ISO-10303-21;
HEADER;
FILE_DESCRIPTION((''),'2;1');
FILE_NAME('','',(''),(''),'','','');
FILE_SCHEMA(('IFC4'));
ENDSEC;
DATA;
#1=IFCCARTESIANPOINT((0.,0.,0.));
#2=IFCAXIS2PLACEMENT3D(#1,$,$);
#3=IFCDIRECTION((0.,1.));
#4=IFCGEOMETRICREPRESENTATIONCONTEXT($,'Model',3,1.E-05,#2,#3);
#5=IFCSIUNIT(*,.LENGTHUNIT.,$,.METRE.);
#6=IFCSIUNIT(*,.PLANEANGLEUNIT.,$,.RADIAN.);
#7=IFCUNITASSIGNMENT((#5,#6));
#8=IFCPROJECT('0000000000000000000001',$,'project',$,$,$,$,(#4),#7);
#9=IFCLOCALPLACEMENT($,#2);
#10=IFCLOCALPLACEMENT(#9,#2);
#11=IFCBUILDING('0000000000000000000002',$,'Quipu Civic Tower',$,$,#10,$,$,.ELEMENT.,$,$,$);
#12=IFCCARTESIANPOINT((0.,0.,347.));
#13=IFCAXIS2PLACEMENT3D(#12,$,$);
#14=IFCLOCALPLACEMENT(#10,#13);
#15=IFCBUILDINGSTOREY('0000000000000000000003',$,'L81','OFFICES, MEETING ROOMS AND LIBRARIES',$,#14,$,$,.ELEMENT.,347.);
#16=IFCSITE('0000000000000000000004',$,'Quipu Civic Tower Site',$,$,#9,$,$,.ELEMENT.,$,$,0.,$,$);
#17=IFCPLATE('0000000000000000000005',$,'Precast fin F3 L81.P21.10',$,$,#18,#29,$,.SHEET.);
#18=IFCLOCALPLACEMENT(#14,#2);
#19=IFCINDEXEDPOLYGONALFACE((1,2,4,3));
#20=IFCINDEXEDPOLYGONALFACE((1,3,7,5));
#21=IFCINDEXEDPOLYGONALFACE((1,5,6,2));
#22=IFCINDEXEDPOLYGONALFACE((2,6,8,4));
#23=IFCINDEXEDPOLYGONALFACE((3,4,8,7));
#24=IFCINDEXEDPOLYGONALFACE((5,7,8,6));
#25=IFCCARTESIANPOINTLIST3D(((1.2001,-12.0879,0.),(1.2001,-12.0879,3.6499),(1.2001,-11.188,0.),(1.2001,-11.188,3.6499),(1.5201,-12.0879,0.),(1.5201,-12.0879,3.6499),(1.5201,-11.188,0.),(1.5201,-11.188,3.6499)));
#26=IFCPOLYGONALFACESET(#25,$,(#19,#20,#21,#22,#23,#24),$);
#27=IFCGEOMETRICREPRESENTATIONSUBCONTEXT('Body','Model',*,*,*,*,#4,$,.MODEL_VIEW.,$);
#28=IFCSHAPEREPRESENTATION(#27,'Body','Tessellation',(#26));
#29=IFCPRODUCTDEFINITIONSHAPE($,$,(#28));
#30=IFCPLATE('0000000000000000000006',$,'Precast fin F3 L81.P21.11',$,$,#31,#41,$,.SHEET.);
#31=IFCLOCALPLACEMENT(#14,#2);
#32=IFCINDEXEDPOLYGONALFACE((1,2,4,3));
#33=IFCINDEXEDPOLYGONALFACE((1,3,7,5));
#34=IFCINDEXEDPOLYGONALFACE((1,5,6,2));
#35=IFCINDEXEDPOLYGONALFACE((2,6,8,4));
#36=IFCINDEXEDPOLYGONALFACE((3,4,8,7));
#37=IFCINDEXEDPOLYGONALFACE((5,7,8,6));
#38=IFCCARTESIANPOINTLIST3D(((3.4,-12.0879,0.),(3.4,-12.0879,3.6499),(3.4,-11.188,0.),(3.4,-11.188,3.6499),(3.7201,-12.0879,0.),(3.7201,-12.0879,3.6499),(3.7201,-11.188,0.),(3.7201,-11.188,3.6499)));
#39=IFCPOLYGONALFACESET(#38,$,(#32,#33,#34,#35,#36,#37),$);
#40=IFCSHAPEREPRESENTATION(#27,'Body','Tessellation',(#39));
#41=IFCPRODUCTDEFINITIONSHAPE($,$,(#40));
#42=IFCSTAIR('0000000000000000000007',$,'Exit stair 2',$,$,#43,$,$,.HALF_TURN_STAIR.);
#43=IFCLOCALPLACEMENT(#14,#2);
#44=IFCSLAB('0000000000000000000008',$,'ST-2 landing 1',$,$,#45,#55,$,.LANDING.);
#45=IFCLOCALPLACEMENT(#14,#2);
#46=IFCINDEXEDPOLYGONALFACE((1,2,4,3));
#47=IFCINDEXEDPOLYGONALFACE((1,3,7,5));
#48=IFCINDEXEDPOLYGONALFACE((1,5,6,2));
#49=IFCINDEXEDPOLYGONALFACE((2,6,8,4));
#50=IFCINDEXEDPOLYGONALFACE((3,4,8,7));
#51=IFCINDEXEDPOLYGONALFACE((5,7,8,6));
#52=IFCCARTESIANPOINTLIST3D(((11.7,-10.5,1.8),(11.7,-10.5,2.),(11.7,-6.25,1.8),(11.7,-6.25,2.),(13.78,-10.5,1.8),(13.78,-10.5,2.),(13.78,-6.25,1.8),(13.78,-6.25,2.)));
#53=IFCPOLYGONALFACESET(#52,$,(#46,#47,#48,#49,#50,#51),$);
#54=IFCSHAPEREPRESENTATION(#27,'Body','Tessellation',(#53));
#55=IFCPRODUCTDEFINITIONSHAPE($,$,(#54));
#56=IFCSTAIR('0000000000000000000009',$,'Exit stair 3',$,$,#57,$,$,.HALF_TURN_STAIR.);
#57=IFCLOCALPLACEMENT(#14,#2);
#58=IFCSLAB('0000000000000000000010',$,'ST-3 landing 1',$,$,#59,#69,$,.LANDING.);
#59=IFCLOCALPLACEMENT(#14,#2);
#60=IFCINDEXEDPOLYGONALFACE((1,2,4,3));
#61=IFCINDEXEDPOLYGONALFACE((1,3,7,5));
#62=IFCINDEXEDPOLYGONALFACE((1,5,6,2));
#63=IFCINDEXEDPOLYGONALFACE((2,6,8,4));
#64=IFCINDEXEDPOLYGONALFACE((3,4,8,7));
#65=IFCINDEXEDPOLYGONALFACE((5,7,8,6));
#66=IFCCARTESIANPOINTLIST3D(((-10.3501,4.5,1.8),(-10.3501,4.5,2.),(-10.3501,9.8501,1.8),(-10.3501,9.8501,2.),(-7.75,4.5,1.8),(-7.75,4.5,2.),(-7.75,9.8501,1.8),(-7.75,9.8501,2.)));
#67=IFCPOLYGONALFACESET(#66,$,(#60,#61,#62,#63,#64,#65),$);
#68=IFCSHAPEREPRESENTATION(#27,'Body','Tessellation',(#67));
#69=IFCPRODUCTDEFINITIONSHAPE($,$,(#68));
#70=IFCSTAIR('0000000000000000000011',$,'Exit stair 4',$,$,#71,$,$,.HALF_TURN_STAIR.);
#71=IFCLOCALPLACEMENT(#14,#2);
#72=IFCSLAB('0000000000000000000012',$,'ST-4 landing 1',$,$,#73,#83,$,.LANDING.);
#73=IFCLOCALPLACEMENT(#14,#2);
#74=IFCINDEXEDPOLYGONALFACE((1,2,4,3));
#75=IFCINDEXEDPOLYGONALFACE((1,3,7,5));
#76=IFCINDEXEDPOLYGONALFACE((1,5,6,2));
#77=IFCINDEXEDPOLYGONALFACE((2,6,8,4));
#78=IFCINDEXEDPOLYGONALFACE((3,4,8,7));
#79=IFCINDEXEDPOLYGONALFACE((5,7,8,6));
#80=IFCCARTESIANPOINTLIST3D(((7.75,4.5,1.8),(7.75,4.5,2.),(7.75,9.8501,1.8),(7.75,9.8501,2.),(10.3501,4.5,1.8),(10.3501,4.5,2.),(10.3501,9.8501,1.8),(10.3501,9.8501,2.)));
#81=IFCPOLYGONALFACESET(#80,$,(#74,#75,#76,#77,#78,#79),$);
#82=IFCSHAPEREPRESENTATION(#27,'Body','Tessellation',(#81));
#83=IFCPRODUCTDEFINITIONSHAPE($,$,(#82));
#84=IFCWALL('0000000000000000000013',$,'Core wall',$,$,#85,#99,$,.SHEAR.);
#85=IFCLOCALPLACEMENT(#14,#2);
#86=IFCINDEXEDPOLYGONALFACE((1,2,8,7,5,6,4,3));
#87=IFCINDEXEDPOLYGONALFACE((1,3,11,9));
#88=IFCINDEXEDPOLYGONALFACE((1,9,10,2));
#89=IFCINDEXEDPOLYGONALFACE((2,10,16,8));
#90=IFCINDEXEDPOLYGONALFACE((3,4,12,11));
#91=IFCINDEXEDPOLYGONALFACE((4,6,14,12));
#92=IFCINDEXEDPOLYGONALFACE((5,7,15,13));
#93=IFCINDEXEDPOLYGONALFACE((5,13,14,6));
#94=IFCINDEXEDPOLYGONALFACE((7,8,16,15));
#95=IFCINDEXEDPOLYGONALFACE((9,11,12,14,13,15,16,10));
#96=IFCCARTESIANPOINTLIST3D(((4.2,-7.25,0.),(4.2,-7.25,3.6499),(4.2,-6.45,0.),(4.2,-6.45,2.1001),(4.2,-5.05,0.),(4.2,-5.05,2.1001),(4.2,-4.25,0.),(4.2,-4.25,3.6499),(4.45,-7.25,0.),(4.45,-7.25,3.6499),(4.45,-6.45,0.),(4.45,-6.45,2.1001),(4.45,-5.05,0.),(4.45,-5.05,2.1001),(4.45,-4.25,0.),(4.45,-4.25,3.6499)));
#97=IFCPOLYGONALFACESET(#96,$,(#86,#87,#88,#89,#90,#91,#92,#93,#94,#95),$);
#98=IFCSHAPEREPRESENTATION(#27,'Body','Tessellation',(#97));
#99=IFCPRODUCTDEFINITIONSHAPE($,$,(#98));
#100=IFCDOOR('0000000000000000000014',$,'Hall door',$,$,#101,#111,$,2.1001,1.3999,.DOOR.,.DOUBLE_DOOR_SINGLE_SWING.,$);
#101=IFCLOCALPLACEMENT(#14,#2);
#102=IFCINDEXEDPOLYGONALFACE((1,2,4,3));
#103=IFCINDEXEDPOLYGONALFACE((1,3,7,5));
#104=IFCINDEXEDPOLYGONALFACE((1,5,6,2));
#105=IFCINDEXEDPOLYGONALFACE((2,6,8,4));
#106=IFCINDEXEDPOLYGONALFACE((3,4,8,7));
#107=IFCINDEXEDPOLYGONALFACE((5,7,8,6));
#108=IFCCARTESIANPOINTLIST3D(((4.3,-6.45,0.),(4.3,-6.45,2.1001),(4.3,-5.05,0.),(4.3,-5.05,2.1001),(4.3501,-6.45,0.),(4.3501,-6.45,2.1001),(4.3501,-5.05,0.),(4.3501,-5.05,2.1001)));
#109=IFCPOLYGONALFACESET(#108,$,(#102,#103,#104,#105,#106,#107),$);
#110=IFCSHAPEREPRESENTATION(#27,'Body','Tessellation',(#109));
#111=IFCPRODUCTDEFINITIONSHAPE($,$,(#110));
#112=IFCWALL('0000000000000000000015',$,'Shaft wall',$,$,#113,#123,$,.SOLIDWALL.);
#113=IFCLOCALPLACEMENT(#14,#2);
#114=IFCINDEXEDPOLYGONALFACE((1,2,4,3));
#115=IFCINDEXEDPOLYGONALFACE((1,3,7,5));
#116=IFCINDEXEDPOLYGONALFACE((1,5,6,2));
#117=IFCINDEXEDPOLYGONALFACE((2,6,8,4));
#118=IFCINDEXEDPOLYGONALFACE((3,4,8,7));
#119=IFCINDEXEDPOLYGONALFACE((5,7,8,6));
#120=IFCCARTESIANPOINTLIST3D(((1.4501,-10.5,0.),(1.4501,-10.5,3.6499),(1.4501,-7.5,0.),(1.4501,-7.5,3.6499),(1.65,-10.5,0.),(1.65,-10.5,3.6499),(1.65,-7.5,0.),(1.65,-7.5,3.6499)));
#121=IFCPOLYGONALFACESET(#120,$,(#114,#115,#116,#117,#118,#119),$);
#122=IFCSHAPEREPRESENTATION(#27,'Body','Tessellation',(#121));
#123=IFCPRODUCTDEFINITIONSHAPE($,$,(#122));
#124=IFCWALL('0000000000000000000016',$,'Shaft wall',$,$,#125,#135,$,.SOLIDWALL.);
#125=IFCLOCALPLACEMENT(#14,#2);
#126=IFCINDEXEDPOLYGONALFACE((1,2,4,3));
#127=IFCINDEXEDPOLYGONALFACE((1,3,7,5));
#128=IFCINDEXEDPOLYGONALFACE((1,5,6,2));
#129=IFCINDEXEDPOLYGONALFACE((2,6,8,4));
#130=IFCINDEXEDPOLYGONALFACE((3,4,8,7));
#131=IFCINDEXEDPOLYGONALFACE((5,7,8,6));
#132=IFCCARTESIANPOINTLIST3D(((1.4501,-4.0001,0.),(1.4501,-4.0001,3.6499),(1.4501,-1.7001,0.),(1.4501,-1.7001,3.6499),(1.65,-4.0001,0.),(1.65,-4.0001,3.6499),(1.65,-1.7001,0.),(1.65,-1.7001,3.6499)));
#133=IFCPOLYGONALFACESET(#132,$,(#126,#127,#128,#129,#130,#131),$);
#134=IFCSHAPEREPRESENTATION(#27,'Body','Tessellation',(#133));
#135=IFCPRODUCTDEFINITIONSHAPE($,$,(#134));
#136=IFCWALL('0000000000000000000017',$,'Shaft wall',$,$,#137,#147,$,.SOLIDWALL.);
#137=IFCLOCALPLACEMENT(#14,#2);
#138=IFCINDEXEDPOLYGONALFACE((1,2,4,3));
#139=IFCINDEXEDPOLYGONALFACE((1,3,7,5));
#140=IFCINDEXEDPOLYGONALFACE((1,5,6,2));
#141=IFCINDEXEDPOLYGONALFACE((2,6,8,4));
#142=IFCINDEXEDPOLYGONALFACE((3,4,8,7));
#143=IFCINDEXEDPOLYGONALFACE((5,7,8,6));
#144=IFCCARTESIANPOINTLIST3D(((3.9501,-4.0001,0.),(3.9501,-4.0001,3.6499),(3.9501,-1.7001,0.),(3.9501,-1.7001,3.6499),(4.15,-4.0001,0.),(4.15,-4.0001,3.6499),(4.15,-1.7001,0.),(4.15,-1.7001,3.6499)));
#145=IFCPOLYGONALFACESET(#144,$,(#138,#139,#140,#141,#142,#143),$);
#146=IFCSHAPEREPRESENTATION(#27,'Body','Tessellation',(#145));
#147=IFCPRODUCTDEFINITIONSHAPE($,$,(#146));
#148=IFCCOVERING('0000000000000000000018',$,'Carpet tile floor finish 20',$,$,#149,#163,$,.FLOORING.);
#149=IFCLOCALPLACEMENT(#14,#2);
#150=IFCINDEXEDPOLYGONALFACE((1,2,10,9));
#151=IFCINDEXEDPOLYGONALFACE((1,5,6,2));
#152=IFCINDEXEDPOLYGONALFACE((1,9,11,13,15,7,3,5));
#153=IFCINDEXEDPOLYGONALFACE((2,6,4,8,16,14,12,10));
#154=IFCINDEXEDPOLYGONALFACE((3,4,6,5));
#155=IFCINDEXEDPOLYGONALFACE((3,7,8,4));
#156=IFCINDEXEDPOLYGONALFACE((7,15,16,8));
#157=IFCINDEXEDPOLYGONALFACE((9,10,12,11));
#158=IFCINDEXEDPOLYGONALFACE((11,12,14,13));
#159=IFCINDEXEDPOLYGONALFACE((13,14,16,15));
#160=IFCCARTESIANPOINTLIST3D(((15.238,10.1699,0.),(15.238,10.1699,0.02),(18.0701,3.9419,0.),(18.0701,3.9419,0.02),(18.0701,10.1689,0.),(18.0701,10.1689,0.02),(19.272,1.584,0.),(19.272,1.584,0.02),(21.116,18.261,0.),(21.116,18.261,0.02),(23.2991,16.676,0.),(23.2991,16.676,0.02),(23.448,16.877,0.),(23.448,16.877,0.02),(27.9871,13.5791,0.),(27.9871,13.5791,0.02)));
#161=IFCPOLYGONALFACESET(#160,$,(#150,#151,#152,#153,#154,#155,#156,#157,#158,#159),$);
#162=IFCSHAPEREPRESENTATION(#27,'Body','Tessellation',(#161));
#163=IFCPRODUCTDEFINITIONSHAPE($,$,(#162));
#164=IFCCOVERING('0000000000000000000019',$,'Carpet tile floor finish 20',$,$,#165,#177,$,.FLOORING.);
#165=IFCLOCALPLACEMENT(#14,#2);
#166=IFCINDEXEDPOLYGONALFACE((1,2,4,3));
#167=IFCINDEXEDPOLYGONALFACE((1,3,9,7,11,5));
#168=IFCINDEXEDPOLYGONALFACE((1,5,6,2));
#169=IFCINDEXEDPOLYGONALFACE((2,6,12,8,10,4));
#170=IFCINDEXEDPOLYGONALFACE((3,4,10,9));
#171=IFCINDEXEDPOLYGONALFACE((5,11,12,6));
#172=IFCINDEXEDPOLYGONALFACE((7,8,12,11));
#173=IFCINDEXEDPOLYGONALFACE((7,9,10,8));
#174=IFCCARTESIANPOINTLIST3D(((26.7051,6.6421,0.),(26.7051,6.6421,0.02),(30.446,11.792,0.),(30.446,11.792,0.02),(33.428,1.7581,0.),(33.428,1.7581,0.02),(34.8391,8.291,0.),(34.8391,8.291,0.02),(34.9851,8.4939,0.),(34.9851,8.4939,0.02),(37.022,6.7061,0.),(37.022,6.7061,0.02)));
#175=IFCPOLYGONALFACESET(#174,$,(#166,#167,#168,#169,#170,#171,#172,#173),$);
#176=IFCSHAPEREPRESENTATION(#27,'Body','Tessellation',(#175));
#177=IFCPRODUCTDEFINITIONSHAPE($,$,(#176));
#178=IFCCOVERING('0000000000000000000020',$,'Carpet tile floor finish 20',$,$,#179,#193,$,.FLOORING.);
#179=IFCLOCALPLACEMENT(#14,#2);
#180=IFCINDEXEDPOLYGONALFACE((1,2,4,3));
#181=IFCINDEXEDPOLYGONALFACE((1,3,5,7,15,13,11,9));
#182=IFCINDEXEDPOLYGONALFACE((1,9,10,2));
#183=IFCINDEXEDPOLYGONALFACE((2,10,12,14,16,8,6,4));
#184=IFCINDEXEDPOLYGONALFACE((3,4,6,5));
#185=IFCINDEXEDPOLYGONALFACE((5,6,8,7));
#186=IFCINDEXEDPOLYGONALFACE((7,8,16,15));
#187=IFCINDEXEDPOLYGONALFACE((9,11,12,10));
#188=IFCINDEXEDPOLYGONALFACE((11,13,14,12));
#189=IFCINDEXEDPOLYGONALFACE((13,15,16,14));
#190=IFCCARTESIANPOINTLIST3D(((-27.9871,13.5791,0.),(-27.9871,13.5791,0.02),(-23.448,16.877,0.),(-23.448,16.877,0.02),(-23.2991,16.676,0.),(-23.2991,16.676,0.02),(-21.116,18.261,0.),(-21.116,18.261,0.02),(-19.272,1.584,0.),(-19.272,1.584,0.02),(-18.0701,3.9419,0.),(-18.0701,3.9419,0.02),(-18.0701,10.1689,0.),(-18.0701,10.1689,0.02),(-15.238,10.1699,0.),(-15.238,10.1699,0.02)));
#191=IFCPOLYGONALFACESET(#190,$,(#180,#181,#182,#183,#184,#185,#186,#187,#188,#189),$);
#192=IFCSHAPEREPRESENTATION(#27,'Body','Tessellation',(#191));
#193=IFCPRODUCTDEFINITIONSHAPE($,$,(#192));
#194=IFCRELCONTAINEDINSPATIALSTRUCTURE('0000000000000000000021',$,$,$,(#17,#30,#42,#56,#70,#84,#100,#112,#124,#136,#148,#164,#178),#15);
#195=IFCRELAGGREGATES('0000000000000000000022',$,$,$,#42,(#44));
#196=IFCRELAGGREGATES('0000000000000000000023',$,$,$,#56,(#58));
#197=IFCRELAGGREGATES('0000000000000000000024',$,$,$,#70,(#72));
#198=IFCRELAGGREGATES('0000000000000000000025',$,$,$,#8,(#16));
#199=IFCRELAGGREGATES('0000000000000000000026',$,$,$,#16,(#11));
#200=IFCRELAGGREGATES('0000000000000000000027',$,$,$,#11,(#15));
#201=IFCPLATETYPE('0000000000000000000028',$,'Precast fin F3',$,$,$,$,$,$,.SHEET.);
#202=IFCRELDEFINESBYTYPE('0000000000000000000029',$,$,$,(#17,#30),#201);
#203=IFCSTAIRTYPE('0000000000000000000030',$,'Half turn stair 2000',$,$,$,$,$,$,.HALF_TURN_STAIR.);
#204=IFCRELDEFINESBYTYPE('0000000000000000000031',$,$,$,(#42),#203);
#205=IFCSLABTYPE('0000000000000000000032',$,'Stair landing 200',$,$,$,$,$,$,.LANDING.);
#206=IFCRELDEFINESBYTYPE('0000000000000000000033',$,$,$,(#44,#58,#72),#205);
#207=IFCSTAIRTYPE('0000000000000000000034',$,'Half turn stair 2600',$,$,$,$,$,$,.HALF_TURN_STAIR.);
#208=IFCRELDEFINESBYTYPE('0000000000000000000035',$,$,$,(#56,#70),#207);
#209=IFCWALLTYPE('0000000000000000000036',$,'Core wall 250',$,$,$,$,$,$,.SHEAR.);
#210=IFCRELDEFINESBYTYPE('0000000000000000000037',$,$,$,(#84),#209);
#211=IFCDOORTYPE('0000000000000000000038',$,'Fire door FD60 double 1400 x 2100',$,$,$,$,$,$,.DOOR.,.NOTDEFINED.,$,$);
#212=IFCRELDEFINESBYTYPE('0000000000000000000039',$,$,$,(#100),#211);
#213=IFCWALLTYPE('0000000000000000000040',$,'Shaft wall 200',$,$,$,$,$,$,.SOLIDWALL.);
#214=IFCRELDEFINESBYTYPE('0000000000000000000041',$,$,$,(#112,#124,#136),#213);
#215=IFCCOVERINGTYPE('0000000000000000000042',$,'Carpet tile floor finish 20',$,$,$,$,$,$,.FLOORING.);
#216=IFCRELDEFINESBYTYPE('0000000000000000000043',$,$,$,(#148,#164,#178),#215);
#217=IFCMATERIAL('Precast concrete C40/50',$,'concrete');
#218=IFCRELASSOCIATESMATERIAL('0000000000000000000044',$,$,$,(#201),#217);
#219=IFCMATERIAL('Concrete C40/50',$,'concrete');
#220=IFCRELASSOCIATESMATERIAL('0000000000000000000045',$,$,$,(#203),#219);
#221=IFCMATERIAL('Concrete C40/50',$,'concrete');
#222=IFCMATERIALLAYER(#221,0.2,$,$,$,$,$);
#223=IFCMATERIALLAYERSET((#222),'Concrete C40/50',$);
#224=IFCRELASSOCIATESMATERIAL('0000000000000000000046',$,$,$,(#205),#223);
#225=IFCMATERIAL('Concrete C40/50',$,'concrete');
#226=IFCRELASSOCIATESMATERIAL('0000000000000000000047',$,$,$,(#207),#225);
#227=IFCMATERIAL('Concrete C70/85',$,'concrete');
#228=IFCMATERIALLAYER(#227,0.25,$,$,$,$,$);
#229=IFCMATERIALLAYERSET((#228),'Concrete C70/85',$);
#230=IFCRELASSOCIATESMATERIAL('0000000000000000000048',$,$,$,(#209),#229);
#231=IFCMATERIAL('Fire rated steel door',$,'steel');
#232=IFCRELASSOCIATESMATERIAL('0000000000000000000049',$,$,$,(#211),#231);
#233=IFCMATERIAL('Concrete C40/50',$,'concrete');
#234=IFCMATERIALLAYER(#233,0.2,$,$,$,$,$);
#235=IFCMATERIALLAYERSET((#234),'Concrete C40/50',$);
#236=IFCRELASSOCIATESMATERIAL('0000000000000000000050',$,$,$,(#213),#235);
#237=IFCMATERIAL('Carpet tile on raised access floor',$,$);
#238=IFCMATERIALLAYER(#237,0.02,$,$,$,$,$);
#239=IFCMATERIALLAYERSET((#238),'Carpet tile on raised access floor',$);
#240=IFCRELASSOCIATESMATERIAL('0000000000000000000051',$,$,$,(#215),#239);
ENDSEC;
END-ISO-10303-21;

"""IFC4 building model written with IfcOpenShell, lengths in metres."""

from ifc_helpers import new_model, si_unit, direction, frame, frame_2d, origin, origin_2d, place, context, subcontext, project, spatial, polyline, rectangle, outline, extrude, material, layer, layer_set, type_object, element, fill, aggregate, save


model = new_model("IFC4")

# Units and contexts
model_context = context("Model", 3, precision=1e-05, world=origin(), true_north=direction((0.0, 1.0)))
body_context = subcontext(model_context, "Body", "Model", "MODEL_VIEW")
ifc_project = project(units=[si_unit("LENGTHUNIT", "METRE"), si_unit("PLANEANGLEUNIT", "RADIAN")], contexts=[model_context])

# Site, building, storey
site_placement = place(None, origin())
site = spatial("IfcSite", under=ifc_project, at=site_placement, Name="Quipu Civic Tower Site", CompositionType="ELEMENT", RefElevation=0.0)
building_placement = place(site_placement, origin())
building = spatial("IfcBuilding", under=site, at=building_placement, Name="Quipu Civic Tower", CompositionType="ELEMENT")
storey_placement = place(building_placement, frame((0.0, 0.0, 347.0)))
storey = spatial("IfcBuildingStorey", under=building, at=storey_placement, Name="L81", Description="OFFICES, MEETING ROOMS AND LIBRARIES", CompositionType="ELEMENT", Elevation=347.0)

# Plates
ifc_material_1 = material(Name="Precast concrete C40/50", Category="concrete")
plate_type = type_object("IfcPlateType", Name="Precast fin F3", PredefinedType="SHEET", material=ifc_material_1)
for number, where, z_axis, x_axis, name in (
    (1, (1.3601, -11.6379, 0.0), (0.0, 0.0, 1.0), (1.0, 0.0, 0.0), "Precast fin F3 L81.P21.10"),
    (2, (3.5601, -11.6379, 0.0), (0.0, 0.0, 1.0), (1.0, 0.0, 0.0), "Precast fin F3 L81.P21.11"),
):
    element("IfcPlate", number, at=place(storey_placement, frame(where, z_axis=z_axis, x_axis=x_axis)), inside=storey, type_object=plate_type, Name=name, PredefinedType="SHEET", context=body_context, shape_type="SweptSolid", body=[
        extrude(rectangle(XDim=0.3201, YDim=0.8999, at=origin_2d()), origin(), (0.0, 0.0, 1.0), 3.6499),
    ])

# Stairs, slabs
ifc_material_2 = material(Name="Concrete C40/50", Category="concrete")
stair_type_1 = type_object("IfcStairType", Name="Half turn stair 2000", PredefinedType="HALF_TURN_STAIR", material=ifc_material_2)
stair_1_placement = place(storey_placement, origin())
stair_1 = element("IfcStair", 3, at=stair_1_placement, inside=storey, type_object=stair_type_1, Name="Exit stair 2", PredefinedType="HALF_TURN_STAIR")
ifc_material_3 = material(Name="Concrete C40/50", Category="concrete")
ifc_layer_1 = layer(ifc_material_3, 0.2)
ifc_layer_set_1 = layer_set([ifc_layer_1], Name="Concrete C40/50")
slab_type = type_object("IfcSlabType", Name="Stair landing 200", PredefinedType="LANDING", material=ifc_layer_set_1)
slab_1_placement = place(storey_placement, frame((0.0, 0.0, 1.8)))
slab_1 = element("IfcSlab", 4, at=slab_1_placement, type_object=slab_type, Name="ST-2 landing 1", PredefinedType="LANDING", context=body_context, shape_type="SweptSolid", body=[
    extrude(outline(polyline([(13.78, -6.25), (11.7, -6.25), (11.7, -10.5), (13.78, -10.5), (13.78, -6.25)])), origin(), (0.0, 0.0, 1.0), 0.2),
])
aggregate(stair_1, [slab_1])
ifc_material_4 = material(Name="Concrete C40/50", Category="concrete")
stair_type_2 = type_object("IfcStairType", Name="Half turn stair 2600", PredefinedType="HALF_TURN_STAIR", material=ifc_material_4)
stair_2_placement = place(storey_placement, origin())
stair_2 = element("IfcStair", 5, at=stair_2_placement, inside=storey, type_object=stair_type_2, Name="Exit stair 3", PredefinedType="HALF_TURN_STAIR")
slab_2_placement = place(storey_placement, frame((0.0, 0.0, 1.8)))
slab_2 = element("IfcSlab", 6, at=slab_2_placement, type_object=slab_type, Name="ST-3 landing 1", PredefinedType="LANDING", context=body_context, shape_type="SweptSolid", body=[
    extrude(outline(polyline([(-10.3501, 4.5), (-7.75, 4.5), (-7.75, 9.8501), (-10.3501, 9.8501), (-10.3501, 4.5)])), origin(), (0.0, 0.0, 1.0), 0.2),
])
aggregate(stair_2, [slab_2])
stair_3_placement = place(storey_placement, origin())
stair_3 = element("IfcStair", 7, at=stair_3_placement, inside=storey, type_object=stair_type_2, Name="Exit stair 4", PredefinedType="HALF_TURN_STAIR")
slab_3_placement = place(storey_placement, frame((0.0, 0.0, 1.8)))
slab_3 = element("IfcSlab", 8, at=slab_3_placement, type_object=slab_type, Name="ST-4 landing 1", PredefinedType="LANDING", context=body_context, shape_type="SweptSolid", body=[
    extrude(outline(polyline([(10.3501, 9.8501), (7.75, 9.8501), (7.75, 4.5), (10.3501, 4.5), (10.3501, 9.8501)])), origin(), (0.0, 0.0, 1.0), 0.2),
])
aggregate(stair_3, [slab_3])

# Wall, opening, door
ifc_material_5 = material(Name="Concrete C70/85", Category="concrete")
ifc_layer_2 = layer(ifc_material_5, 0.25)
ifc_layer_set_2 = layer_set([ifc_layer_2], Name="Concrete C70/85")
wall_type_1 = type_object("IfcWallType", Name="Core wall 250", PredefinedType="SHEAR", material=ifc_layer_set_2)
wall_1_placement = place(storey_placement, frame((4.325, -7.25, 0.0), z_axis=(0.0, 0.0, 1.0), x_axis=(0.0, 1.0, 0.0)))
wall_1 = element("IfcWall", 9, at=wall_1_placement, inside=storey, type_object=wall_type_1, Name="Core wall", PredefinedType="SHEAR", context=body_context, shape_type="SweptSolid", body=[
    extrude(rectangle(XDim=3.0, YDim=0.25, at=frame_2d((1.5, 0.0))), origin(), (0.0, 0.0, 1.0), 3.6499),
])
opening_placement = place(wall_1_placement, frame((0.8, 0.0, 0.0)))
opening = element("IfcOpeningElement", 10, at=opening_placement, cuts=wall_1, PredefinedType="OPENING", context=body_context, shape_type="SweptSolid", body=[
    extrude(rectangle(XDim=1.3999, YDim=2.1001, at=frame_2d((0.7, 1.05))), frame((0.0, 0.135, 0.0), z_axis=(0.0, -1.0, 0.0), x_axis=(1.0, 0.0, 0.0)), (0.0, 0.0, 1.0), 0.27),
])
ifc_material_6 = material(Name="Fire rated steel door", Category="steel")
door_type = type_object("IfcDoorType", Name="Fire door FD60 double 1400 x 2100", OperationType="NOTDEFINED", PredefinedType="DOOR", material=ifc_material_6)
door_placement = place(opening_placement, origin())
door = element("IfcDoor", 11, at=door_placement, inside=storey, type_object=door_type, Name="Hall door", OperationType="DOUBLE_DOOR_SINGLE_SWING", OverallHeight=2.1001, OverallWidth=1.3999, PredefinedType="DOOR", context=body_context, shape_type="SweptSolid", body=[
    extrude(rectangle(XDim=1.3999, YDim=2.1001, at=frame_2d((0.7, 1.05))), frame((0.0, 0.0249, 0.0), z_axis=(0.0, -1.0, 0.0), x_axis=(1.0, 0.0, 0.0)), (0.0, 0.0, 1.0), 0.05),
])
fill(opening, door)

# Walls
ifc_material_7 = material(Name="Concrete C40/50", Category="concrete")
ifc_layer_3 = layer(ifc_material_7, 0.2)
ifc_layer_set_3 = layer_set([ifc_layer_3], Name="Concrete C40/50")
wall_type_2 = type_object("IfcWallType", Name="Shaft wall 200", PredefinedType="SOLIDWALL", material=ifc_layer_set_3)
wall_2_placement = place(storey_placement, frame((1.55, -10.5, 0.0), z_axis=(0.0, 0.0, 1.0), x_axis=(0.0, 1.0, 0.0)))
element("IfcWall", 12, at=wall_2_placement, inside=storey, type_object=wall_type_2, Name="Shaft wall", PredefinedType="SOLIDWALL", context=body_context, shape_type="SweptSolid", body=[
    extrude(rectangle(XDim=3.0, YDim=0.2, at=frame_2d((1.5, 0.0))), origin(), (0.0, 0.0, 1.0), 3.6499),
])
for number, where, z_axis, x_axis, name in (
    (13, (1.55, -4.0, 0.0), (0.0, 0.0, 1.0), (0.0, 1.0, 0.0), "Shaft wall"),
    (14, (4.05, -4.0, 0.0), (0.0, 0.0, 1.0), (0.0, 1.0, 0.0), "Shaft wall"),
):
    element("IfcWall", number, at=place(storey_placement, frame(where, z_axis=z_axis, x_axis=x_axis)), inside=storey, type_object=wall_type_2, Name=name, PredefinedType="SOLIDWALL", context=body_context, shape_type="SweptSolid", body=[
        extrude(rectangle(XDim=2.3, YDim=0.2, at=frame_2d((1.1499, 0.0))), origin(), (0.0, 0.0, 1.0), 3.6499),
    ])

# Coverings
ifc_material_8 = material(Name="Carpet tile on raised access floor")
ifc_layer_4 = layer(ifc_material_8, 0.02)
ifc_layer_set_4 = layer_set([ifc_layer_4], Name="Carpet tile on raised access floor")
covering_type_1 = type_object("IfcCoveringType", Name="Carpet tile floor finish 20", PredefinedType="FLOORING", material=ifc_layer_set_4)
covering_1_placement = place(storey_placement, origin())
element("IfcCovering", 15, at=covering_1_placement, inside=storey, type_object=covering_type_1, Name="Carpet tile floor finish 20", PredefinedType="FLOORING", context=body_context, shape_type="SweptSolid", body=[
    extrude(outline(polyline([(15.238, 10.1699), (21.116, 18.261), (23.2991, 16.676), (23.448, 16.877), (27.9871, 13.5791), (19.272, 1.584), (18.0701, 3.9419), (18.0701, 10.1689), (15.238, 10.1699)])), origin(), (0.0, 0.0, 1.0), 0.02),
])
covering_2_placement = place(storey_placement, origin())
element("IfcCovering", 16, at=covering_2_placement, inside=storey, type_object=covering_type_1, Name="Carpet tile floor finish 20", PredefinedType="FLOORING", context=body_context, shape_type="SweptSolid", body=[
    extrude(outline(polyline([(26.7051, 6.6421), (30.446, 11.792), (34.9851, 8.4939), (34.8391, 8.291), (37.022, 6.7061), (33.428, 1.7581), (26.7051, 6.6421)])), origin(), (0.0, 0.0, 1.0), 0.02),
])
covering_3_placement = place(storey_placement, origin())
element("IfcCovering", 17, at=covering_3_placement, inside=storey, type_object=covering_type_1, Name="Carpet tile floor finish 20", PredefinedType="FLOORING", context=body_context, shape_type="SweptSolid", body=[
    extrude(outline(polyline([(-27.9871, 13.5791), (-23.448, 16.877), (-23.2991, 16.676), (-21.116, 18.261), (-15.238, 10.1699), (-18.0701, 10.1689), (-18.0701, 3.9419), (-19.272, 1.584), (-27.9871, 13.5791)])), origin(), (0.0, 0.0, 1.0), 0.02),
])

save(model, "model.ifc")
